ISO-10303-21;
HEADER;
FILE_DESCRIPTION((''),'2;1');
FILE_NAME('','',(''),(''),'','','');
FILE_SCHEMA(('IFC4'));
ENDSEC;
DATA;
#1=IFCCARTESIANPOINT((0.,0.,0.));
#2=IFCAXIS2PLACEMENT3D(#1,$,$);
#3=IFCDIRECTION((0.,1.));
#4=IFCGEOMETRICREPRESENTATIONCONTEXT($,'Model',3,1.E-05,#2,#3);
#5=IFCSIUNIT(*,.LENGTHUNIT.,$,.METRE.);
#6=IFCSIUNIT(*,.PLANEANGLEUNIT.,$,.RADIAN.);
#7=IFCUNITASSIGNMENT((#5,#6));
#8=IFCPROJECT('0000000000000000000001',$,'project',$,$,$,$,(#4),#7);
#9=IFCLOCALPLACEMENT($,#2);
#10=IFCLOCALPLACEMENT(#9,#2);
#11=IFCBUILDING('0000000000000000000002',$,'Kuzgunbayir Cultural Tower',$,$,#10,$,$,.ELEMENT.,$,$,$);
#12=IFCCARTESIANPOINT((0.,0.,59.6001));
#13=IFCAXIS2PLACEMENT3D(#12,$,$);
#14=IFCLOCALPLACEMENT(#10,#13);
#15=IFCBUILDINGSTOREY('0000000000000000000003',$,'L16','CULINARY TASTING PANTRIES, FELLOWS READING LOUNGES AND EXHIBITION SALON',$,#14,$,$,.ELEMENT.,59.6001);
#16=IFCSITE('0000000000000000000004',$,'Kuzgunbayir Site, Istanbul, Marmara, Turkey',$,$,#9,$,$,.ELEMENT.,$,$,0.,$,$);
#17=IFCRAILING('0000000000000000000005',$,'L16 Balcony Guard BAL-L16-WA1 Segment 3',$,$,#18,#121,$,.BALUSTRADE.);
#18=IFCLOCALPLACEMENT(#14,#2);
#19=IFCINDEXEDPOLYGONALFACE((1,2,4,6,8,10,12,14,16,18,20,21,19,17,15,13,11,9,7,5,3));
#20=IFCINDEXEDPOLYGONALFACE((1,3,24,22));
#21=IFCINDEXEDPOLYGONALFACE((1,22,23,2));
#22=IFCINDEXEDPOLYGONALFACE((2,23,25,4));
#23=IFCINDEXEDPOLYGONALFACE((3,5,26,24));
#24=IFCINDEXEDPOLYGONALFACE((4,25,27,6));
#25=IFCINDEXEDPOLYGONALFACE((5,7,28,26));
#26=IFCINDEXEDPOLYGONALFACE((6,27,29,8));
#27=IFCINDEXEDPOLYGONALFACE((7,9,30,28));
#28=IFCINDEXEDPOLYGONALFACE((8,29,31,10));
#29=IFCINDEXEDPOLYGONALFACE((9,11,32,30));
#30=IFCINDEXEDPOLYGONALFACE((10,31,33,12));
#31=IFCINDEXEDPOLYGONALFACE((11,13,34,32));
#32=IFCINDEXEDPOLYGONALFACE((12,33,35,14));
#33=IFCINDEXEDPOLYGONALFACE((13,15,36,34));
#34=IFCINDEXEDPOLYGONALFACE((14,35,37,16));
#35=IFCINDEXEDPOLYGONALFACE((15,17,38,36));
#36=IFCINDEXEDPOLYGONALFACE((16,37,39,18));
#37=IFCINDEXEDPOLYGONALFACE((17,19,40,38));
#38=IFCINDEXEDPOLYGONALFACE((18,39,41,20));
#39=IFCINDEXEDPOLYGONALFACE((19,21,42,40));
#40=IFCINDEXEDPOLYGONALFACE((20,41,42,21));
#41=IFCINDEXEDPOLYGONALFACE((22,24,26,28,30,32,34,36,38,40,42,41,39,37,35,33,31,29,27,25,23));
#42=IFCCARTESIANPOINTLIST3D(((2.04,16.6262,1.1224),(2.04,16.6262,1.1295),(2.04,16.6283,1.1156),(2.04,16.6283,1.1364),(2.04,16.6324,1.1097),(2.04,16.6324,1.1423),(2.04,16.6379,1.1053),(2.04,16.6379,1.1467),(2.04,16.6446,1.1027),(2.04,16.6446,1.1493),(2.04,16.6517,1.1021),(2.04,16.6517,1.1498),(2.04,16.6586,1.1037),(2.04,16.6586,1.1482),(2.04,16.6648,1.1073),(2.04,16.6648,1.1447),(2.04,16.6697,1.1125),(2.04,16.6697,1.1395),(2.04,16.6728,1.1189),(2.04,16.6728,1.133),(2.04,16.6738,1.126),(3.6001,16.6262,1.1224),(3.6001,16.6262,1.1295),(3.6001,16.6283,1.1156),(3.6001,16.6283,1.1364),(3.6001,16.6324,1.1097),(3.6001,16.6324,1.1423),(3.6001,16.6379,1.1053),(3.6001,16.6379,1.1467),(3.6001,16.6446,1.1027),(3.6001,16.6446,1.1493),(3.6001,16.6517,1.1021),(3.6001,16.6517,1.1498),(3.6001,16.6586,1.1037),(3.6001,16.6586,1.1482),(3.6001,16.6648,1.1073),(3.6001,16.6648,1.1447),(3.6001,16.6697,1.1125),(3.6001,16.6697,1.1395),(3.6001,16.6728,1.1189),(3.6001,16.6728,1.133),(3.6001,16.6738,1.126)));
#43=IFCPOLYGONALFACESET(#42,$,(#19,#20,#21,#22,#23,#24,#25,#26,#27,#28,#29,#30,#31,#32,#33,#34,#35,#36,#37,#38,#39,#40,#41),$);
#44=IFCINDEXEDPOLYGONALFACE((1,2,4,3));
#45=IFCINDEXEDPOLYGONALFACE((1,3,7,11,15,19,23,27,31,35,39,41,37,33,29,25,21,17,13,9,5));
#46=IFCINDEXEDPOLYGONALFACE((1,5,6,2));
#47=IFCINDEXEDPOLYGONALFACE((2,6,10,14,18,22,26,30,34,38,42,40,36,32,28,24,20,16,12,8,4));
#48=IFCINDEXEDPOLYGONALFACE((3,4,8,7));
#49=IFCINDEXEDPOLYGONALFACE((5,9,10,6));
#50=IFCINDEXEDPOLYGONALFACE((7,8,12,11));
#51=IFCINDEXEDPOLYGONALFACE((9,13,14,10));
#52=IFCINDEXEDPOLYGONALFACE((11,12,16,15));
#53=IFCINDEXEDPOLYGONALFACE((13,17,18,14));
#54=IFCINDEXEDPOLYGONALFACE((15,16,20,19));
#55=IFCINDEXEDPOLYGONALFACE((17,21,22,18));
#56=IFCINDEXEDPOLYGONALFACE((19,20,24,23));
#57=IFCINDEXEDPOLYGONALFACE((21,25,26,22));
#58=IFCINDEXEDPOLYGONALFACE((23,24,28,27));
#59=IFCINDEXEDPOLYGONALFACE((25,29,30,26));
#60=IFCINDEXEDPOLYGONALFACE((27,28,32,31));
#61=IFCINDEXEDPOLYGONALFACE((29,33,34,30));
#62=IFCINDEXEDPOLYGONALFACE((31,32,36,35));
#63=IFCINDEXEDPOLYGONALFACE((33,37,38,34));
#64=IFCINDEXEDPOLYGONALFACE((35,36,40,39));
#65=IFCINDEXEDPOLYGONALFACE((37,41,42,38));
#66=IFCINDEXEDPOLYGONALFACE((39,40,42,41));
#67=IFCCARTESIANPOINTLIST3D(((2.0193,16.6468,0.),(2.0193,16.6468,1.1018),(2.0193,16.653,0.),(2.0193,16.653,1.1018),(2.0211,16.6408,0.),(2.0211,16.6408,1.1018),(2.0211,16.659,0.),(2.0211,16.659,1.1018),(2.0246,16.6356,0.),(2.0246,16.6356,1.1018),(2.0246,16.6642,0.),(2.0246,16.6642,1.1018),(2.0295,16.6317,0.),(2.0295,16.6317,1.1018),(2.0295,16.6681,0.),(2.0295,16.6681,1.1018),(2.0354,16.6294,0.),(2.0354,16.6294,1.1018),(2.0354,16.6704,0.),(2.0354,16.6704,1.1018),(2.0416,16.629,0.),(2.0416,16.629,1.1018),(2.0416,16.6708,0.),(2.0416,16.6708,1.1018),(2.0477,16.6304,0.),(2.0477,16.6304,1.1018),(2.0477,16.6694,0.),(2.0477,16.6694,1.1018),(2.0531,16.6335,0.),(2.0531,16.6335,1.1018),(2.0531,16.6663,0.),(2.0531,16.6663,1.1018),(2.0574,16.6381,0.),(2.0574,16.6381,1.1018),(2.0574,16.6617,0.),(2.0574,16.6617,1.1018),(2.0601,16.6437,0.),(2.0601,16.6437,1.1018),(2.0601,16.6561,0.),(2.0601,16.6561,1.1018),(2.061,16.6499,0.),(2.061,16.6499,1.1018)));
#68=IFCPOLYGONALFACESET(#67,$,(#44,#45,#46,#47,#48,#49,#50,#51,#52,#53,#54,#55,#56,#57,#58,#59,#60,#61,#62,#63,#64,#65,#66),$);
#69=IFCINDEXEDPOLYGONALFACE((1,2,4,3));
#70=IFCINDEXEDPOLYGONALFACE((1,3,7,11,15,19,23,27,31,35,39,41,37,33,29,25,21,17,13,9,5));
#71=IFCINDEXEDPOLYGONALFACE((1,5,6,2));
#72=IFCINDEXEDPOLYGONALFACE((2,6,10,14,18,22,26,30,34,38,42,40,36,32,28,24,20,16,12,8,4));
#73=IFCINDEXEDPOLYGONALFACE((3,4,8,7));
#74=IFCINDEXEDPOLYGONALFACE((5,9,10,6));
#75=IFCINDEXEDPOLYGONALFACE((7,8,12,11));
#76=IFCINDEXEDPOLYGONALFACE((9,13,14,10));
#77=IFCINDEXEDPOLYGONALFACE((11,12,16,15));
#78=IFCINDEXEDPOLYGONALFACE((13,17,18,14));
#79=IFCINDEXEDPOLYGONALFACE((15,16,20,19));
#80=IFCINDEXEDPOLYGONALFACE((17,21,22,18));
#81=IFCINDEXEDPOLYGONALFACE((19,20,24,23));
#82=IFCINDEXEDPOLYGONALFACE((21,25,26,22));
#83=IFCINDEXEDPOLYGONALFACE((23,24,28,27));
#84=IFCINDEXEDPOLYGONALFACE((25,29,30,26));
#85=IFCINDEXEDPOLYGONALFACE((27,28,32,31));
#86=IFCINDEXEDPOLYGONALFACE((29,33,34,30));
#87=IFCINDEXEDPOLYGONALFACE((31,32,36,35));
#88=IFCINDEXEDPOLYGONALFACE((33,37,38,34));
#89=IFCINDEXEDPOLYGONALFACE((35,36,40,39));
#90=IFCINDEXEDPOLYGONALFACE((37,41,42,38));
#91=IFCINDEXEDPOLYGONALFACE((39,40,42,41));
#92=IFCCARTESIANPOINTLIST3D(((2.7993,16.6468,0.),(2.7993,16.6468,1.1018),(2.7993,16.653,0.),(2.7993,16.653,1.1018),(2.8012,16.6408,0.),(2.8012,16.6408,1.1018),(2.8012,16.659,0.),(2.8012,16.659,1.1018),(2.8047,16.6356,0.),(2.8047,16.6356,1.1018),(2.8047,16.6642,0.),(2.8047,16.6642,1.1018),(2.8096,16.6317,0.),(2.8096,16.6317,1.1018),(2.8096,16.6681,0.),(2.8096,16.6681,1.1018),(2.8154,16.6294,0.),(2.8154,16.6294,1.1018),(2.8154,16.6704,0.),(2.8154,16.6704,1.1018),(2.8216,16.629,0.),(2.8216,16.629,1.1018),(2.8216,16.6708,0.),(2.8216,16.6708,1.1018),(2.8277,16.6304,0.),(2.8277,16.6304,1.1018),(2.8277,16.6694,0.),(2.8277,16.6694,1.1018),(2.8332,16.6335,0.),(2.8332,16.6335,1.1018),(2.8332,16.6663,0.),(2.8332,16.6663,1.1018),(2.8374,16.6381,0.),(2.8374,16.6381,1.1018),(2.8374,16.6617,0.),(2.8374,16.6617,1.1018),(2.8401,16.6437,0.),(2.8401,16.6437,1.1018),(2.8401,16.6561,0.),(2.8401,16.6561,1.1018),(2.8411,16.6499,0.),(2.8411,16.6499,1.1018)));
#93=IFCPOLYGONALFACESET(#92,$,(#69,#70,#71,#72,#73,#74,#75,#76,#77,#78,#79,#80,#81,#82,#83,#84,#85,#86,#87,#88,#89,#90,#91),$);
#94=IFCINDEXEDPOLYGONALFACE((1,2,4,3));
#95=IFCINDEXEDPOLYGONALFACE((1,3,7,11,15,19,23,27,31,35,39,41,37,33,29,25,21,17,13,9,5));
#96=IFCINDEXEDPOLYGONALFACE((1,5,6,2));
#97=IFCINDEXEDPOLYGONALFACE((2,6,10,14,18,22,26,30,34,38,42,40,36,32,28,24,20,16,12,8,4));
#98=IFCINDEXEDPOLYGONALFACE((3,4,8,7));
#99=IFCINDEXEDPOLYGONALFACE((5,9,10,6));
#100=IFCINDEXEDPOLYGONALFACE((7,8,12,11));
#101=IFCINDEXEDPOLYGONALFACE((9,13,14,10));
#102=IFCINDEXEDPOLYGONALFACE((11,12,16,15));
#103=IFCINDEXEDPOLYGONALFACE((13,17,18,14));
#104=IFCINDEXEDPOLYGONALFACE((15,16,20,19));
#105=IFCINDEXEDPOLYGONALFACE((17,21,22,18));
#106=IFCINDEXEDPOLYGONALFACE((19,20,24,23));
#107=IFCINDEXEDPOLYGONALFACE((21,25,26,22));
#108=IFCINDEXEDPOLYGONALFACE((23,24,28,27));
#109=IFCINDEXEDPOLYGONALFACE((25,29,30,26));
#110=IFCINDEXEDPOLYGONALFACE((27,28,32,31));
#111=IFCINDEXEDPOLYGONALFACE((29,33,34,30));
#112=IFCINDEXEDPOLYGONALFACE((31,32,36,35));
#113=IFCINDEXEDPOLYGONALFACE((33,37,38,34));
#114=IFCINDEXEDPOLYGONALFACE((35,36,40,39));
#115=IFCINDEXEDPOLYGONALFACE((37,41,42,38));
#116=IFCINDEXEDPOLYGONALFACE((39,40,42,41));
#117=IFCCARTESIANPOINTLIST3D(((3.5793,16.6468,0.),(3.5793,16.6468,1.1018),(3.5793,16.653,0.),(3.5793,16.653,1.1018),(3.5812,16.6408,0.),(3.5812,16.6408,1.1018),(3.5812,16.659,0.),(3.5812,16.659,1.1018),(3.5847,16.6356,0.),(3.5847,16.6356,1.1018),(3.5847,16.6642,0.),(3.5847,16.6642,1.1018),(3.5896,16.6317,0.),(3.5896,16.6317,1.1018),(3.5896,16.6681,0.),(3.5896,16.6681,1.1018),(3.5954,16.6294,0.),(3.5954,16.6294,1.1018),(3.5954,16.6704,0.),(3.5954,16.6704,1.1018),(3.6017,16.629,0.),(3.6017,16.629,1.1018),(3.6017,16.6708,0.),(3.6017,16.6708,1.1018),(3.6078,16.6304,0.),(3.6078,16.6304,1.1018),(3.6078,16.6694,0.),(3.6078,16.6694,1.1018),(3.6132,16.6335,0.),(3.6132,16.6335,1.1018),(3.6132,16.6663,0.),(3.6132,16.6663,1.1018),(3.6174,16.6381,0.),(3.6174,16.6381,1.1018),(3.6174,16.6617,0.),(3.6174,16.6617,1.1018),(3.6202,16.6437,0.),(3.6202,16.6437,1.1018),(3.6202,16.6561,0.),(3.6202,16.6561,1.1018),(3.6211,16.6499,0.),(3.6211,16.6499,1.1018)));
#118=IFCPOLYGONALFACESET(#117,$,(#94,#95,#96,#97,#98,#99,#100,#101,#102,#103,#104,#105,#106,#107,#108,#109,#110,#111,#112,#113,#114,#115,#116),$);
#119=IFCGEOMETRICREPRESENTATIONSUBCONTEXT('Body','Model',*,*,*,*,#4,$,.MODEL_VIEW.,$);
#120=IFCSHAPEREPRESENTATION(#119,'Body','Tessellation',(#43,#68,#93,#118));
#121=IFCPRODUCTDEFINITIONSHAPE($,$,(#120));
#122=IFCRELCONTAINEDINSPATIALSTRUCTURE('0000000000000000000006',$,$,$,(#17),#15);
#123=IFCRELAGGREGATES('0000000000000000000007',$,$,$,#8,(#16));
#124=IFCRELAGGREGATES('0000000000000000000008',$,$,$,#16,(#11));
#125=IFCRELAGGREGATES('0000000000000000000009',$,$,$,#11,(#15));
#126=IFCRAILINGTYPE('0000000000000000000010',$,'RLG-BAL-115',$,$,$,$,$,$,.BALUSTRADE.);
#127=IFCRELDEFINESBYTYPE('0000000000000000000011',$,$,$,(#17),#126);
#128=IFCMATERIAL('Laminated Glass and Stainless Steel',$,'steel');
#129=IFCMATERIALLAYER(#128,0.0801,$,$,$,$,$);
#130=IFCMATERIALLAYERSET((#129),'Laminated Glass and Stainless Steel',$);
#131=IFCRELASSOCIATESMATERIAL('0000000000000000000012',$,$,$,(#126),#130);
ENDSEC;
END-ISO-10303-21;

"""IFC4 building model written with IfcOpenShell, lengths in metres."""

from ifc_helpers import new_model, si_unit, direction, frame, origin, origin_2d, place, context, subcontext, project, spatial, circle, extrude, material, layer, layer_set, type_object, element, save


model = new_model("IFC4")

# Units and contexts
model_context = context("Model", 3, precision=1e-05, world=origin(), true_north=direction((0.0, 1.0)))
body_context = subcontext(model_context, "Body", "Model", "MODEL_VIEW")
ifc_project = project(units=[si_unit("LENGTHUNIT", "METRE"), si_unit("PLANEANGLEUNIT", "RADIAN")], contexts=[model_context])

# Site, building, storey
site_placement = place(None, origin())
site = spatial("IfcSite", under=ifc_project, at=site_placement, Name="Kuzgunbayir Site, Istanbul, Marmara, Turkey", CompositionType="ELEMENT", RefElevation=0.0)
building_placement = place(site_placement, origin())
building = spatial("IfcBuilding", under=site, at=building_placement, Name="Kuzgunbayir Cultural Tower", CompositionType="ELEMENT")
storey_placement = place(building_placement, frame((0.0, 0.0, 59.6001)))
storey = spatial("IfcBuildingStorey", under=building, at=storey_placement, Name="L16", Description="CULINARY TASTING PANTRIES, FELLOWS READING LOUNGES AND EXHIBITION SALON", CompositionType="ELEMENT", Elevation=59.6001)

# Railing
ifc_material_1 = material(Name="Laminated Glass and Stainless Steel", Category="steel")
ifc_layer_1 = layer(ifc_material_1, 0.0801)
ifc_layer_set_1 = layer_set([ifc_layer_1], Name="Laminated Glass and Stainless Steel")
railing_type = type_object("IfcRailingType", Name="RLG-BAL-115", PredefinedType="BALUSTRADE", material=ifc_layer_set_1)
railing_1_placement = place(storey_placement, frame((2.04, 16.6499, 0.0)))
element("IfcRailing", 1, at=railing_1_placement, inside=storey, type_object=railing_type, Name="L16 Balcony Guard BAL-L16-WA1 Segment 3", PredefinedType="BALUSTRADE", context=body_context, shape_type="SweptSolid", body=[
    extrude(circle(Radius=0.0239, at=origin_2d()), frame((0.0, 0.0, 1.126), z_axis=(1.0, 0.0, 0.0), x_axis=(0.0, 1.0, 0.0)), (0.0, 0.0, 1.0), 1.5601),
    extrude(circle(Radius=0.021, at=origin_2d()), origin(), (0.0, 0.0, 1.0), 1.1018),
    extrude(circle(Radius=0.021, at=origin_2d()), frame((0.78, 0.0, 0.0)), (0.0, 0.0, 1.0), 1.1018),
    extrude(circle(Radius=0.021, at=origin_2d()), frame((1.5601, 0.0, 0.0)), (0.0, 0.0, 1.0), 1.1018),
])

save(model, "model.ifc")
